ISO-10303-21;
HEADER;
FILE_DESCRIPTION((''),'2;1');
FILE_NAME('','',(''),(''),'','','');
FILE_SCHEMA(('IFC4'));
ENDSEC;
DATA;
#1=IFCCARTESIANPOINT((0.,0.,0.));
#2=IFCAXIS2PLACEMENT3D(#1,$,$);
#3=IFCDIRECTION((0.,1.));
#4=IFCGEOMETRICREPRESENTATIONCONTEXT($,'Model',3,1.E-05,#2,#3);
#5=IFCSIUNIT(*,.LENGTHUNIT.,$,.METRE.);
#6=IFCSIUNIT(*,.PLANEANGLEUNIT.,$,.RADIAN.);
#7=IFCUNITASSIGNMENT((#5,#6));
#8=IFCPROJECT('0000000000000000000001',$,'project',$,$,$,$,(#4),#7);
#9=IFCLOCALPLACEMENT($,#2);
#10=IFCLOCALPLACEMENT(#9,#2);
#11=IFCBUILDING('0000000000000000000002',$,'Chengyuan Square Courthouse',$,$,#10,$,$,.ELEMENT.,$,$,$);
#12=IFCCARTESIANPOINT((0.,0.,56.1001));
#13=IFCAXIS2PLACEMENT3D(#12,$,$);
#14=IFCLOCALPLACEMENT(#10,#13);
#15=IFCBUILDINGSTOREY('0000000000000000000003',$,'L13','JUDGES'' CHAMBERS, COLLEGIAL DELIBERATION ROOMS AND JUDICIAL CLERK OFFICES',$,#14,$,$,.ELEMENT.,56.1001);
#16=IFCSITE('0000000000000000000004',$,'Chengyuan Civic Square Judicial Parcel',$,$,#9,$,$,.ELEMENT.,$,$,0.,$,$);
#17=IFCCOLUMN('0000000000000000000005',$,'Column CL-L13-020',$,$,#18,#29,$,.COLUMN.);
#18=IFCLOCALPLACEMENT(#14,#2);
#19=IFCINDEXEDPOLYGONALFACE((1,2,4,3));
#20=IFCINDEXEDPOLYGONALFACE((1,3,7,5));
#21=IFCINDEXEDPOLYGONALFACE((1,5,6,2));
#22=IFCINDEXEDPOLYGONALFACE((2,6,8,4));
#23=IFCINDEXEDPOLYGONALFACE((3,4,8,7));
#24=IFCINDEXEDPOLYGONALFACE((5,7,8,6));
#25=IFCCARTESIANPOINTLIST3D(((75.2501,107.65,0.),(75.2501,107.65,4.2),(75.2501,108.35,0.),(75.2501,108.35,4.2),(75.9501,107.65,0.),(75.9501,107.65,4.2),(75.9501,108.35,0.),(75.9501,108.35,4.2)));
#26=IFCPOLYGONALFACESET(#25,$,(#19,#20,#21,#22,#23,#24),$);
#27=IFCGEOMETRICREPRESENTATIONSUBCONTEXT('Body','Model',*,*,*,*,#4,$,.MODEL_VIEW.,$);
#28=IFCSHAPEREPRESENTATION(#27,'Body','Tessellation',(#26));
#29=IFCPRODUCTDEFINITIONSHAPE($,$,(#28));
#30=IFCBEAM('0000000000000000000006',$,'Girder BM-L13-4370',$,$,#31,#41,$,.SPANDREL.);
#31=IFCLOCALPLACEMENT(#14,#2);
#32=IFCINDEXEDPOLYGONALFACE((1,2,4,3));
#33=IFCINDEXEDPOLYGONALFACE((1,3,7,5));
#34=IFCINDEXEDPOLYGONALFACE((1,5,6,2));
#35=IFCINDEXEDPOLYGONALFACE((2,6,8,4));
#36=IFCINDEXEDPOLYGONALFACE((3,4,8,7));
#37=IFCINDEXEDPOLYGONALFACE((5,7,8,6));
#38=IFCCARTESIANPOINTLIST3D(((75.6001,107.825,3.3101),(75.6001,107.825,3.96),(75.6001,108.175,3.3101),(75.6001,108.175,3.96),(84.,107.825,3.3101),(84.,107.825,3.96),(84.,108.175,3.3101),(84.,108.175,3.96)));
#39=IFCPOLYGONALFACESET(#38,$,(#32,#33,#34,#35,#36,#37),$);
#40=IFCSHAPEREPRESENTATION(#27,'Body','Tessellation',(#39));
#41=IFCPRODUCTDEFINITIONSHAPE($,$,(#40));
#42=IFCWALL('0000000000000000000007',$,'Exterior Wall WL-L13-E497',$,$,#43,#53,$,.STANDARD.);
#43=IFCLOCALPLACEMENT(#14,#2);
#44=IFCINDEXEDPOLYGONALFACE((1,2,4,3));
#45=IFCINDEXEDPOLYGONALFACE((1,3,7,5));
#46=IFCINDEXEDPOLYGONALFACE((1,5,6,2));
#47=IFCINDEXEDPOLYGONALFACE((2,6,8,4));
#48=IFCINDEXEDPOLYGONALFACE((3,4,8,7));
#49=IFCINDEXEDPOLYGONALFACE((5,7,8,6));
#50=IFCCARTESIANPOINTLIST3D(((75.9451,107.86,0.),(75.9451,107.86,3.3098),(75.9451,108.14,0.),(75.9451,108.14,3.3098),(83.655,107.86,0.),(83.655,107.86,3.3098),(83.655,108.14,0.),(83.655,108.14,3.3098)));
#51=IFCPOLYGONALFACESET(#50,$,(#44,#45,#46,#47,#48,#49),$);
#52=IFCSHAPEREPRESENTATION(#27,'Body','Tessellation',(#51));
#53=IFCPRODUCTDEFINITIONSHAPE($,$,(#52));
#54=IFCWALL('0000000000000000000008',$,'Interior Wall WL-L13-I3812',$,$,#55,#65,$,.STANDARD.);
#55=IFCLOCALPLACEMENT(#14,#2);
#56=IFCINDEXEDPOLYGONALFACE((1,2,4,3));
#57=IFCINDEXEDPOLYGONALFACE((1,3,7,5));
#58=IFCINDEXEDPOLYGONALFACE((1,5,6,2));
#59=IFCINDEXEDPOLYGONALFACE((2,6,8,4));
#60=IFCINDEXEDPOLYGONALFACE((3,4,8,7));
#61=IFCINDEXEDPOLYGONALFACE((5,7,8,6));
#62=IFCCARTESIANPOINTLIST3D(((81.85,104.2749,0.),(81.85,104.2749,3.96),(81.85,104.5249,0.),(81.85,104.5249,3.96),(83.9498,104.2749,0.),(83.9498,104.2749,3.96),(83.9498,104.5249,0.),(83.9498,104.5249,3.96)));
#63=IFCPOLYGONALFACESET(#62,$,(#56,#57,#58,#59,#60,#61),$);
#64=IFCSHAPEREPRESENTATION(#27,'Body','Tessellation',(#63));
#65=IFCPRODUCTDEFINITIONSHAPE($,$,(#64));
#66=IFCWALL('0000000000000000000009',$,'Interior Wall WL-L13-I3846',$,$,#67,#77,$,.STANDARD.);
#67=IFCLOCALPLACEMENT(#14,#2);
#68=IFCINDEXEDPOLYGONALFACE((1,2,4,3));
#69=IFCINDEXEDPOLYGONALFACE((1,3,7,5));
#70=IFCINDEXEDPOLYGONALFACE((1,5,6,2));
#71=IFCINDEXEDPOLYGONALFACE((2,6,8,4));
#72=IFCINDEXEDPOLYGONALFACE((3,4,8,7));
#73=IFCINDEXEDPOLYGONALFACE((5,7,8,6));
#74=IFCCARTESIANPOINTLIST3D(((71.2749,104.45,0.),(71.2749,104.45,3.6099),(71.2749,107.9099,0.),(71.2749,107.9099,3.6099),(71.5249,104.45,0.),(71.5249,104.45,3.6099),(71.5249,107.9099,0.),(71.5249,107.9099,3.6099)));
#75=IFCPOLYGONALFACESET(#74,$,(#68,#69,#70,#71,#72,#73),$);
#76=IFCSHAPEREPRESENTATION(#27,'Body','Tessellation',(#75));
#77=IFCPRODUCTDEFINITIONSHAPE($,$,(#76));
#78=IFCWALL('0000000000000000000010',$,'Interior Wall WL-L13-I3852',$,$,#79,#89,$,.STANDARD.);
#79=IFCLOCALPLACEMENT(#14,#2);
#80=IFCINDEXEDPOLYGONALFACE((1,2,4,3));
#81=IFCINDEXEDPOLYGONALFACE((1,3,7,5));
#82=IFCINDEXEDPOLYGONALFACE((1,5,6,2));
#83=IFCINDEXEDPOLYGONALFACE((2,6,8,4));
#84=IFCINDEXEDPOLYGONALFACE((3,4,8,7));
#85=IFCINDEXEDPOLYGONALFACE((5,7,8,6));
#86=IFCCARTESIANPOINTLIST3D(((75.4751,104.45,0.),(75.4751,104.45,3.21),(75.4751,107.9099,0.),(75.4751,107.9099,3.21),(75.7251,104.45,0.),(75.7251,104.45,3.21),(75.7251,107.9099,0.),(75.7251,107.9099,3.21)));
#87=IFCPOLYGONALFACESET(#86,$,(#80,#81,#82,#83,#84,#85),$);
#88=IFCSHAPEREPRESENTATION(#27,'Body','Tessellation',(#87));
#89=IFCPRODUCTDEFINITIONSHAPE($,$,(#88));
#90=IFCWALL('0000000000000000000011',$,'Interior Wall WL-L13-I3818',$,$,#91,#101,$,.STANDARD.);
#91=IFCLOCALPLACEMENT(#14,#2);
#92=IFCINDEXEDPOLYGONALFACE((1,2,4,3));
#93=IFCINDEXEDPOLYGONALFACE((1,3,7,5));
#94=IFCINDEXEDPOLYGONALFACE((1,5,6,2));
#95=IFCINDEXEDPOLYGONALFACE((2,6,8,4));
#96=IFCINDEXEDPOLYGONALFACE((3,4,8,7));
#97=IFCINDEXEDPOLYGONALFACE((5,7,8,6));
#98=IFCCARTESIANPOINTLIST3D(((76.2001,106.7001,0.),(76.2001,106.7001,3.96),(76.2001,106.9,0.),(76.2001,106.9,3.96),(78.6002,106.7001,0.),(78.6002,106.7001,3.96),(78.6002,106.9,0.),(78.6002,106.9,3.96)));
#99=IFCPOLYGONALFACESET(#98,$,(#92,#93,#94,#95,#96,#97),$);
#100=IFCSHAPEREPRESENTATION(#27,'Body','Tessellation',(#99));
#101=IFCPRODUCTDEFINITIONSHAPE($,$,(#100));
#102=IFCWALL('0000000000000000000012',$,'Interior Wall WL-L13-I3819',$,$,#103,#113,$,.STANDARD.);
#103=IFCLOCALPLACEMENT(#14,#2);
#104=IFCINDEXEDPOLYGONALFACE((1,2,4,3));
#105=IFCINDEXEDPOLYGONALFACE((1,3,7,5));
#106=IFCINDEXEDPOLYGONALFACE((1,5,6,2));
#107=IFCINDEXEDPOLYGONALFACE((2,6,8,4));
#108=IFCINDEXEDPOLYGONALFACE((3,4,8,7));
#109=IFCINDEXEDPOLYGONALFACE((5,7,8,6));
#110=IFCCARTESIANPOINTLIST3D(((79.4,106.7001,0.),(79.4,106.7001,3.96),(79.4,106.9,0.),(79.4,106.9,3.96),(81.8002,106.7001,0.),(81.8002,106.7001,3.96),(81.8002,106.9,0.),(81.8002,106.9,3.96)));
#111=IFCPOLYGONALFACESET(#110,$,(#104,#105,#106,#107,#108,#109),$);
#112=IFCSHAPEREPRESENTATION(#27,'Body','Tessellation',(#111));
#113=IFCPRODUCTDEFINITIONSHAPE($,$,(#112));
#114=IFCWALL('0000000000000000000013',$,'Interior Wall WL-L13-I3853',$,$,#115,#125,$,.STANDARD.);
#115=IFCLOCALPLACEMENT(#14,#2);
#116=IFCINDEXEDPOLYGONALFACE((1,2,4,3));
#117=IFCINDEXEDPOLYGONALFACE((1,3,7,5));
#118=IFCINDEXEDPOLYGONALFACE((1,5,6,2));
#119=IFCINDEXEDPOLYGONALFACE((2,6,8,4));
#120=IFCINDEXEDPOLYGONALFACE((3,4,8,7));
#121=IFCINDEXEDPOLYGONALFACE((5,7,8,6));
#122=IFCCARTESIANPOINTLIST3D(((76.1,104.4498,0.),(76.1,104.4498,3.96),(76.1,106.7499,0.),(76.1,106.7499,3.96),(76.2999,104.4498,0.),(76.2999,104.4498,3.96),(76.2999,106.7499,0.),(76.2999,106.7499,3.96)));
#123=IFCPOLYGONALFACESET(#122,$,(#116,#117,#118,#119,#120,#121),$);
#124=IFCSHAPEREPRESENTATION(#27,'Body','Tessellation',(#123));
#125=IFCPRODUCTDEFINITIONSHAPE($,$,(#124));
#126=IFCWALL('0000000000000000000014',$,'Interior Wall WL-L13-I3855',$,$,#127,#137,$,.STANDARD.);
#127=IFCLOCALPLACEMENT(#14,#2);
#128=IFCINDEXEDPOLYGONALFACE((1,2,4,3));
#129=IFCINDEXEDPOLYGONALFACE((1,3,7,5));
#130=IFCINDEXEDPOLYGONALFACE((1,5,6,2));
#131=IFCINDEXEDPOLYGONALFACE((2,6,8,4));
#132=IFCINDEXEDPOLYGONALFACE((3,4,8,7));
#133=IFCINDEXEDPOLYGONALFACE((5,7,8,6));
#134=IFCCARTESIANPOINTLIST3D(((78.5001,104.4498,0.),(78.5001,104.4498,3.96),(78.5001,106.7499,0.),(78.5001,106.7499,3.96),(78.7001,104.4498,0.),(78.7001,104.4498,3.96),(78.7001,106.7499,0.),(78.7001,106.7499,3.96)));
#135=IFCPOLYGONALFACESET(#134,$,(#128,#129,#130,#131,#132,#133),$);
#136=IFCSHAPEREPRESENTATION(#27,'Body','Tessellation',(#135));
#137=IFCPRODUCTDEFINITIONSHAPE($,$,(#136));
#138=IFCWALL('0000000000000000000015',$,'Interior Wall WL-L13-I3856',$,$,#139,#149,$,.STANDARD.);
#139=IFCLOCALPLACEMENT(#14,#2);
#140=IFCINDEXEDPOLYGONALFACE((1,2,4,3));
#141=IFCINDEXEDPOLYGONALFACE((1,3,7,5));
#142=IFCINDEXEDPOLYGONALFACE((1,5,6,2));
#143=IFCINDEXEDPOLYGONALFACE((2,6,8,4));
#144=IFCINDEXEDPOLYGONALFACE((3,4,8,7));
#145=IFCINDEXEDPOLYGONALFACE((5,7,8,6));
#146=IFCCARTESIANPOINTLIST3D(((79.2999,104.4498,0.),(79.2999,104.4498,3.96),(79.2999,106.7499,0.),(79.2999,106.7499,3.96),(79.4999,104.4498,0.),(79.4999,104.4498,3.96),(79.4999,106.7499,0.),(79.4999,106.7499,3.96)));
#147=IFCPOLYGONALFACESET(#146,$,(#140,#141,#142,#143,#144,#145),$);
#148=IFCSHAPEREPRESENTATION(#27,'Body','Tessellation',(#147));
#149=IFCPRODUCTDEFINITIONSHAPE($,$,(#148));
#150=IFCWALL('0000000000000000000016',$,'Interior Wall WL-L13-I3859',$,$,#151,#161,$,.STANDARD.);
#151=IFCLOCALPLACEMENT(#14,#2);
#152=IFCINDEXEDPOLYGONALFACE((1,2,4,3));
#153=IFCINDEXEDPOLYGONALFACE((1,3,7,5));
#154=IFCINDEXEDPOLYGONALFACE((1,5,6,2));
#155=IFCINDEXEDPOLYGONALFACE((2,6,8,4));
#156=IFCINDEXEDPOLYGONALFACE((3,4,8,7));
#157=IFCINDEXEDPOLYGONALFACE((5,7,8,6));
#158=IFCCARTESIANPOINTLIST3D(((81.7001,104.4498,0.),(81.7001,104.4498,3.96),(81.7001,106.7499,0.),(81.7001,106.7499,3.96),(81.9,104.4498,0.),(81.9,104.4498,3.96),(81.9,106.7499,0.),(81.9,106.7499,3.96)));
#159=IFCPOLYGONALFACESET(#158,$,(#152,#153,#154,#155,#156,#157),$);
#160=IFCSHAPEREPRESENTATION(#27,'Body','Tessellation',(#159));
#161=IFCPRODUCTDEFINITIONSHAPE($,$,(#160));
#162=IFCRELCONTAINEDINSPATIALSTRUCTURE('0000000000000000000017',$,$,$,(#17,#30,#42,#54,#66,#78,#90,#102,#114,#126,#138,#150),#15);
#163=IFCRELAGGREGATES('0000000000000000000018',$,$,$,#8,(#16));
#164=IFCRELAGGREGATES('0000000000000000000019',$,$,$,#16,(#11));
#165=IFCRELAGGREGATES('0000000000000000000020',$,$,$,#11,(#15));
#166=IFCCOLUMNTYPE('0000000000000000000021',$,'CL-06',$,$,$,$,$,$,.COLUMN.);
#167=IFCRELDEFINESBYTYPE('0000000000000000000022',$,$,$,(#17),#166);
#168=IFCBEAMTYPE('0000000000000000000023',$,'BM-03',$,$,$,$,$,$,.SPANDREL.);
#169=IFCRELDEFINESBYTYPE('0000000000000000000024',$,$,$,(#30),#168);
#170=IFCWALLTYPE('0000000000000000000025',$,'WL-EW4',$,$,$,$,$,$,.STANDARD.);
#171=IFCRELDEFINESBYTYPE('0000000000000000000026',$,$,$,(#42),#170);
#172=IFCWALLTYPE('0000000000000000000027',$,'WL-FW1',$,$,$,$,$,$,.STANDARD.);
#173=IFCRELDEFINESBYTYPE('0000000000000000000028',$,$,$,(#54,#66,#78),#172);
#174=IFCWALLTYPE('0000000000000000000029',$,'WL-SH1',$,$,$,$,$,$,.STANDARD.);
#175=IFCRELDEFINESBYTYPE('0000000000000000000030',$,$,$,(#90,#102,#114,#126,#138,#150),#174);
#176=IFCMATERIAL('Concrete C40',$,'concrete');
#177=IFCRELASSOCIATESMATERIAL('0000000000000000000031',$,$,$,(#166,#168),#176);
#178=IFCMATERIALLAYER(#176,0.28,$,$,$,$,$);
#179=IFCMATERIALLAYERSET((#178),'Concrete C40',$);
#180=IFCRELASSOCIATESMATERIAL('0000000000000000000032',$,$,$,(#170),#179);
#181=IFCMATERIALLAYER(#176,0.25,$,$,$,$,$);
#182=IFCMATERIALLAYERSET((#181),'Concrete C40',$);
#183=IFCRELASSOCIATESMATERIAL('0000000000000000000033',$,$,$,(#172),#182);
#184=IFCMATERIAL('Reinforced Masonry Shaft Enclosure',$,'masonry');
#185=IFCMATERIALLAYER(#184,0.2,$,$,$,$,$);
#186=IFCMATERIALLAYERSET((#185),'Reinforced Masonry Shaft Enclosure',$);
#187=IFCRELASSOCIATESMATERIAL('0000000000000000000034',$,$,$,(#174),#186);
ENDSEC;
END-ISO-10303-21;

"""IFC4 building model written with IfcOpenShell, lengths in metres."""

from ifc_helpers import new_model, si_unit, direction, frame, frame_2d, origin, origin_2d, place, context, subcontext, project, spatial, rectangle, extrude, material, layer, layer_set, material_profile, profile_set, type_object, element, save


model = new_model("IFC4")

# Units and contexts
model_context = context("Model", 3, precision=1e-05, world=origin(), true_north=direction((0.0, 1.0)))
body_context = subcontext(model_context, "Body", "Model", "MODEL_VIEW")
ifc_project = project(units=[si_unit("LENGTHUNIT", "METRE"), si_unit("PLANEANGLEUNIT", "RADIAN")], contexts=[model_context])

# Site, building, storey
site_placement = place(None, origin())
site = spatial("IfcSite", under=ifc_project, at=site_placement, Name="Chengyuan Civic Square Judicial Parcel", CompositionType="ELEMENT", RefElevation=0.0)
building_placement = place(site_placement, origin())
building = spatial("IfcBuilding", under=site, at=building_placement, Name="Chengyuan Square Courthouse", CompositionType="ELEMENT")
storey_placement = place(building_placement, frame((0.0, 0.0, 56.1001)))
storey = spatial("IfcBuildingStorey", under=building, at=storey_placement, Name="L13", Description="JUDGES' CHAMBERS, COLLEGIAL DELIBERATION ROOMS AND JUDICIAL CLERK OFFICES", CompositionType="ELEMENT", Elevation=56.1001)

# Column
ifc_material_1 = material(Name="Concrete C40", Category="concrete")
ifc_material_profile_1 = material_profile(ifc_material_1, rectangle(XDim=0.7, YDim=0.7, at=origin_2d()), Name="RC-COL-700x700")
ifc_profile_set_1 = profile_set([ifc_material_profile_1], Name="Concrete C40")
column_type = type_object("IfcColumnType", Name="CL-06", PredefinedType="COLUMN", material=ifc_profile_set_1)
column_placement = place(storey_placement, frame((75.6001, 108.0, 0.0), z_axis=(0.0, 0.0, 1.0), x_axis=(1.0, 0.0, 0.0)))
element("IfcColumn", 1, at=column_placement, inside=storey, type_object=column_type, Name="Column CL-L13-020", PredefinedType="COLUMN", context=body_context, shape_type="SweptSolid", body=[
    extrude(rectangle(XDim=0.7, YDim=0.7, at=origin_2d()), origin(), (0.0, 0.0, 1.0), 4.2),
])

# Beam
ifc_material_profile_2 = material_profile(ifc_material_1, rectangle(XDim=0.3501, YDim=0.6499, at=origin_2d()), Name="RC-BM-350x650")
ifc_profile_set_2 = profile_set([ifc_material_profile_2], Name="Concrete C40")
beam_type = type_object("IfcBeamType", Name="BM-03", PredefinedType="SPANDREL", material=ifc_profile_set_2)
beam_placement = place(storey_placement, frame((75.6001, 108.0, 3.635), z_axis=(1.0, 0.0, 0.0), x_axis=(0.0, 1.0, 0.0)))
element("IfcBeam", 2, at=beam_placement, inside=storey, type_object=beam_type, Name="Girder BM-L13-4370", PredefinedType="SPANDREL", context=body_context, shape_type="SweptSolid", body=[
    extrude(rectangle(XDim=0.3501, YDim=0.6499, at=origin_2d()), origin(), (0.0, 0.0, 1.0), 8.3999),
])

# Walls
ifc_layer_1 = layer(ifc_material_1, 0.28)
ifc_layer_set_1 = layer_set([ifc_layer_1], Name="Concrete C40")
wall_type_1 = type_object("IfcWallType", Name="WL-EW4", PredefinedType="STANDARD", material=ifc_layer_set_1)
wall_1_placement = place(storey_placement, frame((75.9451, 108.0, 0.0), z_axis=(0.0, 0.0, 1.0), x_axis=(1.0, 0.0, 0.0)))
element("IfcWall", 3, at=wall_1_placement, inside=storey, type_object=wall_type_1, Name="Exterior Wall WL-L13-E497", PredefinedType="STANDARD", context=body_context, shape_type="SweptSolid", body=[
    extrude(rectangle(XDim=7.71, YDim=0.28, at=frame_2d((3.855, 0.0))), origin(), (0.0, 0.0, 1.0), 3.3098),
])
ifc_layer_2 = layer(ifc_material_1, 0.25)
ifc_layer_set_2 = layer_set([ifc_layer_2], Name="Concrete C40")
wall_type_2 = type_object("IfcWallType", Name="WL-FW1", PredefinedType="STANDARD", material=ifc_layer_set_2)
wall_2_placement = place(storey_placement, frame((81.8501, 104.3999, 0.0), z_axis=(0.0, 0.0, 1.0), x_axis=(1.0, 0.0, 0.0)))
element("IfcWall", 4, at=wall_2_placement, inside=storey, type_object=wall_type_2, Name="Interior Wall WL-L13-I3812", PredefinedType="STANDARD", context=body_context, shape_type="SweptSolid", body=[
    extrude(rectangle(XDim=2.0999, YDim=0.25, at=frame_2d((1.0498, 0.0))), origin(), (0.0, 0.0, 1.0), 3.96),
])
wall_3_placement = place(storey_placement, frame((71.3999, 104.45, 0.0), z_axis=(0.0, 0.0, 1.0), x_axis=(0.0, 1.0, 0.0)))
element("IfcWall", 5, at=wall_3_placement, inside=storey, type_object=wall_type_2, Name="Interior Wall WL-L13-I3846", PredefinedType="STANDARD", context=body_context, shape_type="SweptSolid", body=[
    extrude(rectangle(XDim=3.46, YDim=0.25, at=frame_2d((1.73, 0.0))), origin(), (0.0, 0.0, 1.0), 3.6099),
])
wall_4_placement = place(storey_placement, frame((75.6001, 104.45, 0.0), z_axis=(0.0, 0.0, 1.0), x_axis=(0.0, 1.0, 0.0)))
element("IfcWall", 6, at=wall_4_placement, inside=storey, type_object=wall_type_2, Name="Interior Wall WL-L13-I3852", PredefinedType="STANDARD", context=body_context, shape_type="SweptSolid", body=[
    extrude(rectangle(XDim=3.46, YDim=0.25, at=frame_2d((1.73, 0.0))), origin(), (0.0, 0.0, 1.0), 3.21),
])

# Shared definitions
ifc_material_2 = material(Name="Reinforced Masonry Shaft Enclosure", Category="masonry")
ifc_layer_3 = layer(ifc_material_2, 0.2)
ifc_layer_set_3 = layer_set([ifc_layer_3], Name="Reinforced Masonry Shaft Enclosure")
wall_type_3 = type_object("IfcWallType", Name="WL-SH1", PredefinedType="STANDARD", material=ifc_layer_set_3)

# Walls
for number, where, z_axis, x_axis, name in (
    (7, (76.2, 106.8, 0.0), (0.0, 0.0, 1.0), (1.0, 0.0, 0.0), "Interior Wall WL-L13-I3818"),
    (8, (79.3999, 106.8, 0.0), (0.0, 0.0, 1.0), (1.0, 0.0, 0.0), "Interior Wall WL-L13-I3819"),
):
    element("IfcWall", number, at=place(storey_placement, frame(where, z_axis=z_axis, x_axis=x_axis)), inside=storey, type_object=wall_type_3, Name=name, PredefinedType="STANDARD", context=body_context, shape_type="SweptSolid", body=[
        extrude(rectangle(XDim=2.4001, YDim=0.2, at=frame_2d((1.2002, 0.0))), origin(), (0.0, 0.0, 1.0), 3.96),
    ])
for number, where, z_axis, x_axis, name in (
    (9, (76.2, 104.45, 0.0), (0.0, 0.0, 1.0), (0.0, 1.0, 0.0), "Interior Wall WL-L13-I3853"),
    (10, (78.6001, 104.45, 0.0), (0.0, 0.0, 1.0), (0.0, 1.0, 0.0), "Interior Wall WL-L13-I3855"),
    (11, (79.3999, 104.45, 0.0), (0.0, 0.0, 1.0), (0.0, 1.0, 0.0), "Interior Wall WL-L13-I3856"),
    (12, (81.8, 104.45, 0.0), (0.0, 0.0, 1.0), (0.0, 1.0, 0.0), "Interior Wall WL-L13-I3859"),
):
    element("IfcWall", number, at=place(storey_placement, frame(where, z_axis=z_axis, x_axis=x_axis)), inside=storey, type_object=wall_type_3, Name=name, PredefinedType="STANDARD", context=body_context, shape_type="SweptSolid", body=[
        extrude(rectangle(XDim=2.3, YDim=0.2, at=frame_2d((1.1499, 0.0))), origin(), (0.0, 0.0, 1.0), 3.96),
    ])

save(model, "model.ifc")
